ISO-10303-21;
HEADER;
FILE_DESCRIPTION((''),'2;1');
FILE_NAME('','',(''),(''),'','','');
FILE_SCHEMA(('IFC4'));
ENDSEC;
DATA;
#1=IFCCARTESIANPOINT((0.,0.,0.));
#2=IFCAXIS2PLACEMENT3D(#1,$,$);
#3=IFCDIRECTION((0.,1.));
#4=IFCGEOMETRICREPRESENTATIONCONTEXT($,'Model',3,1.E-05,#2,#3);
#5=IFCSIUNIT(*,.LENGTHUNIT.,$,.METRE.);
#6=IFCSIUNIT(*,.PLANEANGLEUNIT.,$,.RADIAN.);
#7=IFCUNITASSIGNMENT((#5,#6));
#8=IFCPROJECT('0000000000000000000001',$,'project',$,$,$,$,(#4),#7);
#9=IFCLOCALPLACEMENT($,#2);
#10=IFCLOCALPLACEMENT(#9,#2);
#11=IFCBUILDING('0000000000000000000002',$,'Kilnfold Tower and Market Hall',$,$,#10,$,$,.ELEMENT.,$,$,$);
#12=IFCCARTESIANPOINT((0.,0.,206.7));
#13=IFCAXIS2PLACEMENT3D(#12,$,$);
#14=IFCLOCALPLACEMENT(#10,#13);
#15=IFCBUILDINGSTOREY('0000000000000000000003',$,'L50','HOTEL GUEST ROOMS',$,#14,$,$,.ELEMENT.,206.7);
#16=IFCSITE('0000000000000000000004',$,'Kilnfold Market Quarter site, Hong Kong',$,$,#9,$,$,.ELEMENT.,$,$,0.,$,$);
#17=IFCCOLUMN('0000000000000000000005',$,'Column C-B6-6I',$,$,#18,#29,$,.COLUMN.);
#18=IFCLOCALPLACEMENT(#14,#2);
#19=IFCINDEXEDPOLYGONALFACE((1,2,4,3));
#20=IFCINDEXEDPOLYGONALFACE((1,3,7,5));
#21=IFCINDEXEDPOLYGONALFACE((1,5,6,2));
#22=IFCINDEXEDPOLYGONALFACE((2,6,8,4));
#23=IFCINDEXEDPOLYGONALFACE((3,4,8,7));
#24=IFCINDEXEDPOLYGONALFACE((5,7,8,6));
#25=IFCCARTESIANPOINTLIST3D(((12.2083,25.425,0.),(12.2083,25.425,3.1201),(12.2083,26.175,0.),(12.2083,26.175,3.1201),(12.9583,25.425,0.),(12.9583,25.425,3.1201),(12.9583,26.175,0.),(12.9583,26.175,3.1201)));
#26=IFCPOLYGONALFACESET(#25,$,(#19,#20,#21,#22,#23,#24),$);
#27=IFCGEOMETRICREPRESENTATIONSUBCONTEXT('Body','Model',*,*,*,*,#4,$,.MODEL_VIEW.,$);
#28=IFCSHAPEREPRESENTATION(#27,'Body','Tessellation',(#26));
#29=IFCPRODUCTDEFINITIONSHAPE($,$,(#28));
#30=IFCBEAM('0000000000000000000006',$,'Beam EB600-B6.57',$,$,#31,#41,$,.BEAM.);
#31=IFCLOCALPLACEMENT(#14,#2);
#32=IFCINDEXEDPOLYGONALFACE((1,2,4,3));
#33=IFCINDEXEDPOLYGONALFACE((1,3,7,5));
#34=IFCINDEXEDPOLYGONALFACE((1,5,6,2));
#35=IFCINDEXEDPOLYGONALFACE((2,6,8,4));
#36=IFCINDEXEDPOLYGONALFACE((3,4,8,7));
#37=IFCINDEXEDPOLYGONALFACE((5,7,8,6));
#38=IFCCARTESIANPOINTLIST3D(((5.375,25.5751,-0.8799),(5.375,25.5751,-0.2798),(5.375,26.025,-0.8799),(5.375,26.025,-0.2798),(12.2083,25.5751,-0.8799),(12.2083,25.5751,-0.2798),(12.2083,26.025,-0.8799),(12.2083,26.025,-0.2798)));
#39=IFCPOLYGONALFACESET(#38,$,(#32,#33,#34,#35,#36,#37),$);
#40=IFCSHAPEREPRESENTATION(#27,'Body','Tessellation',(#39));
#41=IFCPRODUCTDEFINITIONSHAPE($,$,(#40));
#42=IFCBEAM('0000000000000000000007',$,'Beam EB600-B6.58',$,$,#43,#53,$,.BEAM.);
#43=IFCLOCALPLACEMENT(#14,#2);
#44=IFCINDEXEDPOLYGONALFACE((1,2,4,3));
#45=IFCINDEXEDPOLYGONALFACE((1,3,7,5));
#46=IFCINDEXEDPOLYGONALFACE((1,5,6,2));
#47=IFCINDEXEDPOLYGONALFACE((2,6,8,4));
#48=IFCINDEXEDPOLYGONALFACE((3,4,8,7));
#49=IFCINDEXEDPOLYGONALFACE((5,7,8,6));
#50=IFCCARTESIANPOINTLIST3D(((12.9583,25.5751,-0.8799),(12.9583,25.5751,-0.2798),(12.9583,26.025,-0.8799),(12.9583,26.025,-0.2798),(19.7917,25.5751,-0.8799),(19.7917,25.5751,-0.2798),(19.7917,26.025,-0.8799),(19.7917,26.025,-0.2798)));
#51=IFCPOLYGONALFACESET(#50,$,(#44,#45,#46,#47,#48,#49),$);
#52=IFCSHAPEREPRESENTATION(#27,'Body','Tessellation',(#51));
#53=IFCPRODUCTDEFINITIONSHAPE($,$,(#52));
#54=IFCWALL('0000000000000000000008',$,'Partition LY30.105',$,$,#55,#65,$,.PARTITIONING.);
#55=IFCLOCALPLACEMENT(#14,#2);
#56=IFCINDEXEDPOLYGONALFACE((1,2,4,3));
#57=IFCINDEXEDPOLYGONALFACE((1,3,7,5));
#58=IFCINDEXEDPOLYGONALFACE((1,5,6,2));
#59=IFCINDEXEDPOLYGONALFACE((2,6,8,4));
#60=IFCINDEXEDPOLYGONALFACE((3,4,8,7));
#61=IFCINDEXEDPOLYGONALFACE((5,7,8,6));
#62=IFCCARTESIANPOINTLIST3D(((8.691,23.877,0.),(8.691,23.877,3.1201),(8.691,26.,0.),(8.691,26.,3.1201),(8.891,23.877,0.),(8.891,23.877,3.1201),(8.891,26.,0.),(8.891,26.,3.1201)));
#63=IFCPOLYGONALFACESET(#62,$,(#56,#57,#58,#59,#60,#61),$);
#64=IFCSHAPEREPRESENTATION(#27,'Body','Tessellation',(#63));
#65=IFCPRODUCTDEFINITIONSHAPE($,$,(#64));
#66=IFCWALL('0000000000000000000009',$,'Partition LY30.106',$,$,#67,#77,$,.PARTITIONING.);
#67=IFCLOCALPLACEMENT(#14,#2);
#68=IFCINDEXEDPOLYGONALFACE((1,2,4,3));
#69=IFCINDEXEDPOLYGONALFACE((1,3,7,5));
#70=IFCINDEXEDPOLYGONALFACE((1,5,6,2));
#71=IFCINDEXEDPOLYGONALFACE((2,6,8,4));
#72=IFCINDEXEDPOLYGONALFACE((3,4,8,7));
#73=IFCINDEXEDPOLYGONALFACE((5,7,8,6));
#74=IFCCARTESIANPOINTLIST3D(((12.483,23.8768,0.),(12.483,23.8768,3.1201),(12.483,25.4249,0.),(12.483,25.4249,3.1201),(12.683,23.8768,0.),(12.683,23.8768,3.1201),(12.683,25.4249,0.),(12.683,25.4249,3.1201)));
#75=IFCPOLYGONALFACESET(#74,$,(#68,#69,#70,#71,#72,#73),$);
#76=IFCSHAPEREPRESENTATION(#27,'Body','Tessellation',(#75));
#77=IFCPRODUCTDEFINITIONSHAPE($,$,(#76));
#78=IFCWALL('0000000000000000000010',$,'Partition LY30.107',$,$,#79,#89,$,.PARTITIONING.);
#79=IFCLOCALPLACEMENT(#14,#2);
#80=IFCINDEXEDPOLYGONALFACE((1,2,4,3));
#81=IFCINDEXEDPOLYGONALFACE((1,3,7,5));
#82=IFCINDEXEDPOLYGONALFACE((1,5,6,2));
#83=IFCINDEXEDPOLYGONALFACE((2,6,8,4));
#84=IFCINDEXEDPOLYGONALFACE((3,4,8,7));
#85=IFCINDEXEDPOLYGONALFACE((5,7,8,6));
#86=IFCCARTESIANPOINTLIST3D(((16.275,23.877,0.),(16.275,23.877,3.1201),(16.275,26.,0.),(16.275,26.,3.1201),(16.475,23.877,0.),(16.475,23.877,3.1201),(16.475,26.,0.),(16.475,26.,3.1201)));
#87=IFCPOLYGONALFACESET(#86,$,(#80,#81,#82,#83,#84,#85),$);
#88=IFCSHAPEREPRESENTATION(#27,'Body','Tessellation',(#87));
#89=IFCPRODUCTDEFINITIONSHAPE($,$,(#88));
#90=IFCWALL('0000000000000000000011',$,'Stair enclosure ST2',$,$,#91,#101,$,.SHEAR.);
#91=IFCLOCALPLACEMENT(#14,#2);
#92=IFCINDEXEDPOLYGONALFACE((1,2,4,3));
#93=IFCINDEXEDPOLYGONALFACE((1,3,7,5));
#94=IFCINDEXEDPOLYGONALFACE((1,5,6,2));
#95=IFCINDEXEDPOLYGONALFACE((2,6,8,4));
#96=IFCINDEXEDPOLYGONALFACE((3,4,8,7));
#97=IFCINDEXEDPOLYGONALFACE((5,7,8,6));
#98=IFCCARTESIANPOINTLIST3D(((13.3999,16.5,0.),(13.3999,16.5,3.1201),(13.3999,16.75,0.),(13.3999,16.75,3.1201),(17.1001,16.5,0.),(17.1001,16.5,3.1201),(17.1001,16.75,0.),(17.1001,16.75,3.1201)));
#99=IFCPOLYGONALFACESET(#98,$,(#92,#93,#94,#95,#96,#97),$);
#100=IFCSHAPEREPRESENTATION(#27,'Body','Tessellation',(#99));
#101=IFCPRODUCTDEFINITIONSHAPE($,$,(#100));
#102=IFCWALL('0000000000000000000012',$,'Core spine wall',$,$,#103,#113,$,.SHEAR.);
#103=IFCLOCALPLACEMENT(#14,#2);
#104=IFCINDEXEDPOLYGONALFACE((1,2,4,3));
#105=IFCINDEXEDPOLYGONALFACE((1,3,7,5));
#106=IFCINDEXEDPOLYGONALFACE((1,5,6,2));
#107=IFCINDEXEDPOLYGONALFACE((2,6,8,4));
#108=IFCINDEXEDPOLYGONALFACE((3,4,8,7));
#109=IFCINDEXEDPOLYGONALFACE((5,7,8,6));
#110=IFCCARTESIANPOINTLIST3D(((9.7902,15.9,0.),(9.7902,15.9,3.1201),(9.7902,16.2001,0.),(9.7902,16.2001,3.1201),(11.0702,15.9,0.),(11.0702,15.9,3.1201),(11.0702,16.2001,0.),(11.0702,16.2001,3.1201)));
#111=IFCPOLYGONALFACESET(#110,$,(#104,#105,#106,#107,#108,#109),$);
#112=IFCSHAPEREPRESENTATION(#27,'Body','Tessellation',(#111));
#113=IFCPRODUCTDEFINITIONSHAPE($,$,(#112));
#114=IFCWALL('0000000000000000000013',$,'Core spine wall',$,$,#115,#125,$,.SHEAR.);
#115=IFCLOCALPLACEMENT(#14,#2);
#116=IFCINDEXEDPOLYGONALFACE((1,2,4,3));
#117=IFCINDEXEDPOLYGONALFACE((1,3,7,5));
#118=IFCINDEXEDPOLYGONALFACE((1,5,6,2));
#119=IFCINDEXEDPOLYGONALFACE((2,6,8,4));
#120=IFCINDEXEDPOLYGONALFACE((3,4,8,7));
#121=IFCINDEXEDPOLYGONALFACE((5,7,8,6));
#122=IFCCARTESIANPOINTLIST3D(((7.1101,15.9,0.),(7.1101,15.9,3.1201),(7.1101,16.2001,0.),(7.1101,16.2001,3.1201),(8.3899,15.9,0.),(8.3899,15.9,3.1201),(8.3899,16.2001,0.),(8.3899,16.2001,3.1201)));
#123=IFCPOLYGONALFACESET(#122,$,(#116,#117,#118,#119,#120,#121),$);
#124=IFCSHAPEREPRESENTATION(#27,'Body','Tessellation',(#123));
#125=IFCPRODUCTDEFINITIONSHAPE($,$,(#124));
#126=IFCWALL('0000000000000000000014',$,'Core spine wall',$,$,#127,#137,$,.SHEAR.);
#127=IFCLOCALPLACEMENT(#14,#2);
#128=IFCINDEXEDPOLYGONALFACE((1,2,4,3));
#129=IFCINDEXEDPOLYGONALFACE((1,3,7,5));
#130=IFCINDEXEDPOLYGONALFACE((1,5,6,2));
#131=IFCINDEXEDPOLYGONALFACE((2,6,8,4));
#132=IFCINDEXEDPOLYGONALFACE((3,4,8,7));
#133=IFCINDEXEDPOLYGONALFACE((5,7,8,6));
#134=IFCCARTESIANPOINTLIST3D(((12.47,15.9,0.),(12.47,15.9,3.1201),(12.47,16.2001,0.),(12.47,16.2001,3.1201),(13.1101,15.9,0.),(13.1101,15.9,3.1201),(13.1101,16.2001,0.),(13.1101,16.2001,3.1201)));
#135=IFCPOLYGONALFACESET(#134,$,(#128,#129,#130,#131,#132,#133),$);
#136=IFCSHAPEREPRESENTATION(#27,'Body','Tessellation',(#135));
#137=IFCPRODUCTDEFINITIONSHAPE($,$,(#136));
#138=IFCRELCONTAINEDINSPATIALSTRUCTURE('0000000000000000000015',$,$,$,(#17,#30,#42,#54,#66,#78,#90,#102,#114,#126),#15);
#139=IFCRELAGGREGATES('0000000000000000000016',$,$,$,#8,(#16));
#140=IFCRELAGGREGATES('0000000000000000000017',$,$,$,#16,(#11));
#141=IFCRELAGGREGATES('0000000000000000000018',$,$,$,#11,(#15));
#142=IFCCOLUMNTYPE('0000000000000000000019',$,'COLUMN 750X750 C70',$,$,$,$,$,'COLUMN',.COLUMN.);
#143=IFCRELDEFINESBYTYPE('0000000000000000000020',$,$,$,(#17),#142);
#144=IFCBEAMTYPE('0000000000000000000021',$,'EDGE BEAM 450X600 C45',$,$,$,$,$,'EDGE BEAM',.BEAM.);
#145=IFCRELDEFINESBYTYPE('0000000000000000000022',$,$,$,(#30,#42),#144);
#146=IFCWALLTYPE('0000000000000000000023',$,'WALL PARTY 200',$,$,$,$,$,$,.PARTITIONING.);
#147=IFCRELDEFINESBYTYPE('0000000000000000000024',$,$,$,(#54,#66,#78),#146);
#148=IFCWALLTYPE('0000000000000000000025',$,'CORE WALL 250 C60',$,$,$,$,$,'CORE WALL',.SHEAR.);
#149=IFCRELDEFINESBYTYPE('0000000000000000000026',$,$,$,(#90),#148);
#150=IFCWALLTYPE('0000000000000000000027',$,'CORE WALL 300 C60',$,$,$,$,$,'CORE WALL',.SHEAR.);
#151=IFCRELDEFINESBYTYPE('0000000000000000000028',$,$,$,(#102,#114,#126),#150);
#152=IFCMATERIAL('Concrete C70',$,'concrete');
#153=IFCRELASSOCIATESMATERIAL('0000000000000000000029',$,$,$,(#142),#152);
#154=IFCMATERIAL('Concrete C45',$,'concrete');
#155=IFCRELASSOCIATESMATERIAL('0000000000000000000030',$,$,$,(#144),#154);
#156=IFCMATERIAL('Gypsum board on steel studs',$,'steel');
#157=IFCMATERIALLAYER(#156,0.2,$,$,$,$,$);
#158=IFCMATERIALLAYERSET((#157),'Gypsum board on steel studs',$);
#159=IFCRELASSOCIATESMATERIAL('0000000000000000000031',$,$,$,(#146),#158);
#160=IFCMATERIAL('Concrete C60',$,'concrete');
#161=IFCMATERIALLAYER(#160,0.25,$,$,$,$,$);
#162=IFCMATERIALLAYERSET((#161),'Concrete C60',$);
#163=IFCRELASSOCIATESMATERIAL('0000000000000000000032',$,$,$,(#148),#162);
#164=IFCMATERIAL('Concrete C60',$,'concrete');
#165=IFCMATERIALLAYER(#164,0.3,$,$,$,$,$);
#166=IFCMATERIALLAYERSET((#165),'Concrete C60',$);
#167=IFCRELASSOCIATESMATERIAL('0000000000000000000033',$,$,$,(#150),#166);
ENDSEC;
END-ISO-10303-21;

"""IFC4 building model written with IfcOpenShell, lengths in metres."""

from ifc_helpers import new_model, si_unit, direction, frame, frame_2d, origin, origin_2d, place, context, subcontext, project, spatial, rectangle, extrude, source, transform, mapped, material, layer, layer_set, material_profile, profile_set, type_object, element, save


model = new_model("IFC4")

# Units and contexts
model_context = context("Model", 3, precision=1e-05, world=origin(), true_north=direction((0.0, 1.0)))
body_context = subcontext(model_context, "Body", "Model", "MODEL_VIEW")
ifc_project = project(units=[si_unit("LENGTHUNIT", "METRE"), si_unit("PLANEANGLEUNIT", "RADIAN")], contexts=[model_context])

# Site, building, storey
site_placement = place(None, origin())
site = spatial("IfcSite", under=ifc_project, at=site_placement, Name="Kilnfold Market Quarter site, Hong Kong", CompositionType="ELEMENT", RefElevation=0.0)
building_placement = place(site_placement, origin())
building = spatial("IfcBuilding", under=site, at=building_placement, Name="Kilnfold Tower and Market Hall", CompositionType="ELEMENT")
storey_placement = place(building_placement, frame((0.0, 0.0, 206.7)))
storey = spatial("IfcBuildingStorey", under=building, at=storey_placement, Name="L50", Description="HOTEL GUEST ROOMS", CompositionType="ELEMENT", Elevation=206.7)

# Column
ifc_material_1 = material(Name="Concrete C70", Category="concrete")
ifc_material_profile_1 = material_profile(ifc_material_1, rectangle(XDim=0.75, YDim=0.75, at=origin_2d()), Name="RC 750x750")
ifc_profile_set_1 = profile_set([ifc_material_profile_1], Name="Concrete C70")
column_type = type_object("IfcColumnType", Name="COLUMN 750X750 C70", ElementType="COLUMN", PredefinedType="COLUMN", material=ifc_profile_set_1)
shared_shape_1 = source(origin(), body_context, "Body", "SweptSolid", [
    extrude(rectangle(XDim=0.75, YDim=0.75, at=origin_2d()), origin(), (0.0, 0.0, 1.0), 3.1201),
])
column_placement = place(storey_placement, frame((12.5833, 25.8, 0.0), z_axis=(0.0, 0.0, 1.0), x_axis=(1.0, 0.0, 0.0)))
element("IfcColumn", 1, at=column_placement, inside=storey, type_object=column_type, Name="Column C-B6-6I", PredefinedType="COLUMN", context=body_context, shape_type="MappedRepresentation", body=[
    mapped(shared_shape_1, transform((0.0, 0.0, 0.0))),
])

# Beams
ifc_material_2 = material(Name="Concrete C45", Category="concrete")
ifc_material_profile_2 = material_profile(ifc_material_2, rectangle(XDim=0.45, YDim=0.6001, at=origin_2d()), Name="RC 450x600")
ifc_profile_set_2 = profile_set([ifc_material_profile_2], Name="Concrete C45")
beam_type = type_object("IfcBeamType", Name="EDGE BEAM 450X600 C45", ElementType="EDGE BEAM", PredefinedType="BEAM", material=ifc_profile_set_2)
shared_shape_2 = source(origin(), body_context, "Body", "SweptSolid", [
    extrude(rectangle(XDim=0.45, YDim=0.6001, at=origin_2d()), origin(), (0.0, 0.0, 1.0), 6.8333),
])
beam_1_placement = place(storey_placement, frame((5.375, 25.8, -0.5798), z_axis=(1.0, 0.0, 0.0), x_axis=(0.0, 1.0, 0.0)))
element("IfcBeam", 2, at=beam_1_placement, inside=storey, type_object=beam_type, Name="Beam EB600-B6.57", PredefinedType="BEAM", context=body_context, shape_type="MappedRepresentation", body=[
    mapped(shared_shape_2, transform((0.0, 0.0, 0.0))),
])
shared_shape_3 = source(origin(), body_context, "Body", "SweptSolid", [
    extrude(rectangle(XDim=0.45, YDim=0.6001, at=origin_2d()), origin(), (0.0, 0.0, 1.0), 6.8335),
])
beam_2_placement = place(storey_placement, frame((12.9583, 25.8, -0.5798), z_axis=(1.0, 0.0, 0.0), x_axis=(0.0, 1.0, 0.0)))
element("IfcBeam", 3, at=beam_2_placement, inside=storey, type_object=beam_type, Name="Beam EB600-B6.58", PredefinedType="BEAM", context=body_context, shape_type="MappedRepresentation", body=[
    mapped(shared_shape_3, transform((0.0, 0.0, 0.0))),
])

# Walls
ifc_material_3 = material(Name="Gypsum board on steel studs", Category="steel")
ifc_layer_1 = layer(ifc_material_3, 0.2)
ifc_layer_set_1 = layer_set([ifc_layer_1], Name="Gypsum board on steel studs")
wall_type_1 = type_object("IfcWallType", Name="WALL PARTY 200", PredefinedType="PARTITIONING", material=ifc_layer_set_1)
wall_1_placement = place(storey_placement, frame((8.791, 23.877, 0.0), z_axis=(0.0, 0.0, 1.0), x_axis=(0.0, 1.0, 0.0)))
element("IfcWall", 4, at=wall_1_placement, inside=storey, type_object=wall_type_1, Name="Partition LY30.105", PredefinedType="PARTITIONING", context=body_context, shape_type="SweptSolid", body=[
    extrude(rectangle(XDim=2.123, YDim=0.2, at=frame_2d((1.0615, 0.0))), origin(), (0.0, 0.0, 1.0), 3.1201),
])
wall_2_placement = place(storey_placement, frame((12.583, 23.877, 0.0), z_axis=(0.0, 0.0, 1.0), x_axis=(0.0, 1.0, 0.0)))
element("IfcWall", 5, at=wall_2_placement, inside=storey, type_object=wall_type_1, Name="Partition LY30.106", PredefinedType="PARTITIONING", context=body_context, shape_type="SweptSolid", body=[
    extrude(rectangle(XDim=1.5481, YDim=0.2, at=frame_2d((0.7739, 0.0))), origin(), (0.0, 0.0, 1.0), 3.1201),
])
wall_3_placement = place(storey_placement, frame((16.375, 23.877, 0.0), z_axis=(0.0, 0.0, 1.0), x_axis=(0.0, 1.0, 0.0)))
element("IfcWall", 6, at=wall_3_placement, inside=storey, type_object=wall_type_1, Name="Partition LY30.107", PredefinedType="PARTITIONING", context=body_context, shape_type="SweptSolid", body=[
    extrude(rectangle(XDim=2.123, YDim=0.2, at=frame_2d((1.0615, 0.0))), origin(), (0.0, 0.0, 1.0), 3.1201),
])
ifc_material_4 = material(Name="Concrete C60", Category="concrete")
ifc_layer_2 = layer(ifc_material_4, 0.25)
ifc_layer_set_2 = layer_set([ifc_layer_2], Name="Concrete C60")
wall_type_2 = type_object("IfcWallType", Name="CORE WALL 250 C60", ElementType="CORE WALL", PredefinedType="SHEAR", material=ifc_layer_set_2)
shared_shape_4 = source(origin(), body_context, "Body", "SweptSolid", [
    extrude(rectangle(XDim=3.7002, YDim=0.25, at=frame_2d((1.8501, 0.0))), origin(), (0.0, 0.0, 1.0), 3.1201),
])
wall_4_placement = place(storey_placement, frame((13.3999, 16.625, 0.0), z_axis=(0.0, 0.0, 1.0), x_axis=(1.0, 0.0, 0.0)))
element("IfcWall", 7, at=wall_4_placement, inside=storey, type_object=wall_type_2, Name="Stair enclosure ST2", PredefinedType="SHEAR", context=body_context, shape_type="MappedRepresentation", body=[
    mapped(shared_shape_4, transform((0.0, 0.0, 0.0))),
])
ifc_material_5 = material(Name="Concrete C60", Category="concrete")
ifc_layer_3 = layer(ifc_material_5, 0.3)
ifc_layer_set_3 = layer_set([ifc_layer_3], Name="Concrete C60")
wall_type_3 = type_object("IfcWallType", Name="CORE WALL 300 C60", ElementType="CORE WALL", PredefinedType="SHEAR", material=ifc_layer_set_3)
shared_shape_5 = source(origin(), body_context, "Body", "SweptSolid", [
    extrude(rectangle(XDim=1.28, YDim=0.3, at=frame_2d((0.6401, 0.0))), origin(), (0.0, 0.0, 1.0), 3.1201),
])
wall_5_placement = place(storey_placement, frame((9.79, 16.05, 0.0), z_axis=(0.0, 0.0, 1.0), x_axis=(1.0, 0.0, 0.0)))
element("IfcWall", 8, at=wall_5_placement, inside=storey, type_object=wall_type_3, Name="Core spine wall", PredefinedType="SHEAR", context=body_context, shape_type="MappedRepresentation", body=[
    mapped(shared_shape_5, transform((0.0, 0.0, 0.0))),
])
shared_shape_6 = source(origin(), body_context, "Body", "SweptSolid", [
    extrude(rectangle(XDim=1.2798, YDim=0.3, at=frame_2d((0.6399, 0.0))), origin(), (0.0, 0.0, 1.0), 3.1201),
])
wall_6_placement = place(storey_placement, frame((7.1101, 16.05, 0.0), z_axis=(0.0, 0.0, 1.0), x_axis=(1.0, 0.0, 0.0)))
element("IfcWall", 9, at=wall_6_placement, inside=storey, type_object=wall_type_3, Name="Core spine wall", PredefinedType="SHEAR", context=body_context, shape_type="MappedRepresentation", body=[
    mapped(shared_shape_6, transform((0.0, 0.0, 0.0))),
])
shared_shape_7 = source(origin(), body_context, "Body", "SweptSolid", [
    extrude(rectangle(XDim=0.6401, YDim=0.3, at=frame_2d((0.3201, 0.0))), origin(), (0.0, 0.0, 1.0), 3.1201),
])
wall_7_placement = place(storey_placement, frame((12.47, 16.05, 0.0), z_axis=(0.0, 0.0, 1.0), x_axis=(1.0, 0.0, 0.0)))
element("IfcWall", 10, at=wall_7_placement, inside=storey, type_object=wall_type_3, Name="Core spine wall", PredefinedType="SHEAR", context=body_context, shape_type="MappedRepresentation", body=[
    mapped(shared_shape_7, transform((0.0, 0.0, 0.0))),
])

save(model, "model.ifc")
